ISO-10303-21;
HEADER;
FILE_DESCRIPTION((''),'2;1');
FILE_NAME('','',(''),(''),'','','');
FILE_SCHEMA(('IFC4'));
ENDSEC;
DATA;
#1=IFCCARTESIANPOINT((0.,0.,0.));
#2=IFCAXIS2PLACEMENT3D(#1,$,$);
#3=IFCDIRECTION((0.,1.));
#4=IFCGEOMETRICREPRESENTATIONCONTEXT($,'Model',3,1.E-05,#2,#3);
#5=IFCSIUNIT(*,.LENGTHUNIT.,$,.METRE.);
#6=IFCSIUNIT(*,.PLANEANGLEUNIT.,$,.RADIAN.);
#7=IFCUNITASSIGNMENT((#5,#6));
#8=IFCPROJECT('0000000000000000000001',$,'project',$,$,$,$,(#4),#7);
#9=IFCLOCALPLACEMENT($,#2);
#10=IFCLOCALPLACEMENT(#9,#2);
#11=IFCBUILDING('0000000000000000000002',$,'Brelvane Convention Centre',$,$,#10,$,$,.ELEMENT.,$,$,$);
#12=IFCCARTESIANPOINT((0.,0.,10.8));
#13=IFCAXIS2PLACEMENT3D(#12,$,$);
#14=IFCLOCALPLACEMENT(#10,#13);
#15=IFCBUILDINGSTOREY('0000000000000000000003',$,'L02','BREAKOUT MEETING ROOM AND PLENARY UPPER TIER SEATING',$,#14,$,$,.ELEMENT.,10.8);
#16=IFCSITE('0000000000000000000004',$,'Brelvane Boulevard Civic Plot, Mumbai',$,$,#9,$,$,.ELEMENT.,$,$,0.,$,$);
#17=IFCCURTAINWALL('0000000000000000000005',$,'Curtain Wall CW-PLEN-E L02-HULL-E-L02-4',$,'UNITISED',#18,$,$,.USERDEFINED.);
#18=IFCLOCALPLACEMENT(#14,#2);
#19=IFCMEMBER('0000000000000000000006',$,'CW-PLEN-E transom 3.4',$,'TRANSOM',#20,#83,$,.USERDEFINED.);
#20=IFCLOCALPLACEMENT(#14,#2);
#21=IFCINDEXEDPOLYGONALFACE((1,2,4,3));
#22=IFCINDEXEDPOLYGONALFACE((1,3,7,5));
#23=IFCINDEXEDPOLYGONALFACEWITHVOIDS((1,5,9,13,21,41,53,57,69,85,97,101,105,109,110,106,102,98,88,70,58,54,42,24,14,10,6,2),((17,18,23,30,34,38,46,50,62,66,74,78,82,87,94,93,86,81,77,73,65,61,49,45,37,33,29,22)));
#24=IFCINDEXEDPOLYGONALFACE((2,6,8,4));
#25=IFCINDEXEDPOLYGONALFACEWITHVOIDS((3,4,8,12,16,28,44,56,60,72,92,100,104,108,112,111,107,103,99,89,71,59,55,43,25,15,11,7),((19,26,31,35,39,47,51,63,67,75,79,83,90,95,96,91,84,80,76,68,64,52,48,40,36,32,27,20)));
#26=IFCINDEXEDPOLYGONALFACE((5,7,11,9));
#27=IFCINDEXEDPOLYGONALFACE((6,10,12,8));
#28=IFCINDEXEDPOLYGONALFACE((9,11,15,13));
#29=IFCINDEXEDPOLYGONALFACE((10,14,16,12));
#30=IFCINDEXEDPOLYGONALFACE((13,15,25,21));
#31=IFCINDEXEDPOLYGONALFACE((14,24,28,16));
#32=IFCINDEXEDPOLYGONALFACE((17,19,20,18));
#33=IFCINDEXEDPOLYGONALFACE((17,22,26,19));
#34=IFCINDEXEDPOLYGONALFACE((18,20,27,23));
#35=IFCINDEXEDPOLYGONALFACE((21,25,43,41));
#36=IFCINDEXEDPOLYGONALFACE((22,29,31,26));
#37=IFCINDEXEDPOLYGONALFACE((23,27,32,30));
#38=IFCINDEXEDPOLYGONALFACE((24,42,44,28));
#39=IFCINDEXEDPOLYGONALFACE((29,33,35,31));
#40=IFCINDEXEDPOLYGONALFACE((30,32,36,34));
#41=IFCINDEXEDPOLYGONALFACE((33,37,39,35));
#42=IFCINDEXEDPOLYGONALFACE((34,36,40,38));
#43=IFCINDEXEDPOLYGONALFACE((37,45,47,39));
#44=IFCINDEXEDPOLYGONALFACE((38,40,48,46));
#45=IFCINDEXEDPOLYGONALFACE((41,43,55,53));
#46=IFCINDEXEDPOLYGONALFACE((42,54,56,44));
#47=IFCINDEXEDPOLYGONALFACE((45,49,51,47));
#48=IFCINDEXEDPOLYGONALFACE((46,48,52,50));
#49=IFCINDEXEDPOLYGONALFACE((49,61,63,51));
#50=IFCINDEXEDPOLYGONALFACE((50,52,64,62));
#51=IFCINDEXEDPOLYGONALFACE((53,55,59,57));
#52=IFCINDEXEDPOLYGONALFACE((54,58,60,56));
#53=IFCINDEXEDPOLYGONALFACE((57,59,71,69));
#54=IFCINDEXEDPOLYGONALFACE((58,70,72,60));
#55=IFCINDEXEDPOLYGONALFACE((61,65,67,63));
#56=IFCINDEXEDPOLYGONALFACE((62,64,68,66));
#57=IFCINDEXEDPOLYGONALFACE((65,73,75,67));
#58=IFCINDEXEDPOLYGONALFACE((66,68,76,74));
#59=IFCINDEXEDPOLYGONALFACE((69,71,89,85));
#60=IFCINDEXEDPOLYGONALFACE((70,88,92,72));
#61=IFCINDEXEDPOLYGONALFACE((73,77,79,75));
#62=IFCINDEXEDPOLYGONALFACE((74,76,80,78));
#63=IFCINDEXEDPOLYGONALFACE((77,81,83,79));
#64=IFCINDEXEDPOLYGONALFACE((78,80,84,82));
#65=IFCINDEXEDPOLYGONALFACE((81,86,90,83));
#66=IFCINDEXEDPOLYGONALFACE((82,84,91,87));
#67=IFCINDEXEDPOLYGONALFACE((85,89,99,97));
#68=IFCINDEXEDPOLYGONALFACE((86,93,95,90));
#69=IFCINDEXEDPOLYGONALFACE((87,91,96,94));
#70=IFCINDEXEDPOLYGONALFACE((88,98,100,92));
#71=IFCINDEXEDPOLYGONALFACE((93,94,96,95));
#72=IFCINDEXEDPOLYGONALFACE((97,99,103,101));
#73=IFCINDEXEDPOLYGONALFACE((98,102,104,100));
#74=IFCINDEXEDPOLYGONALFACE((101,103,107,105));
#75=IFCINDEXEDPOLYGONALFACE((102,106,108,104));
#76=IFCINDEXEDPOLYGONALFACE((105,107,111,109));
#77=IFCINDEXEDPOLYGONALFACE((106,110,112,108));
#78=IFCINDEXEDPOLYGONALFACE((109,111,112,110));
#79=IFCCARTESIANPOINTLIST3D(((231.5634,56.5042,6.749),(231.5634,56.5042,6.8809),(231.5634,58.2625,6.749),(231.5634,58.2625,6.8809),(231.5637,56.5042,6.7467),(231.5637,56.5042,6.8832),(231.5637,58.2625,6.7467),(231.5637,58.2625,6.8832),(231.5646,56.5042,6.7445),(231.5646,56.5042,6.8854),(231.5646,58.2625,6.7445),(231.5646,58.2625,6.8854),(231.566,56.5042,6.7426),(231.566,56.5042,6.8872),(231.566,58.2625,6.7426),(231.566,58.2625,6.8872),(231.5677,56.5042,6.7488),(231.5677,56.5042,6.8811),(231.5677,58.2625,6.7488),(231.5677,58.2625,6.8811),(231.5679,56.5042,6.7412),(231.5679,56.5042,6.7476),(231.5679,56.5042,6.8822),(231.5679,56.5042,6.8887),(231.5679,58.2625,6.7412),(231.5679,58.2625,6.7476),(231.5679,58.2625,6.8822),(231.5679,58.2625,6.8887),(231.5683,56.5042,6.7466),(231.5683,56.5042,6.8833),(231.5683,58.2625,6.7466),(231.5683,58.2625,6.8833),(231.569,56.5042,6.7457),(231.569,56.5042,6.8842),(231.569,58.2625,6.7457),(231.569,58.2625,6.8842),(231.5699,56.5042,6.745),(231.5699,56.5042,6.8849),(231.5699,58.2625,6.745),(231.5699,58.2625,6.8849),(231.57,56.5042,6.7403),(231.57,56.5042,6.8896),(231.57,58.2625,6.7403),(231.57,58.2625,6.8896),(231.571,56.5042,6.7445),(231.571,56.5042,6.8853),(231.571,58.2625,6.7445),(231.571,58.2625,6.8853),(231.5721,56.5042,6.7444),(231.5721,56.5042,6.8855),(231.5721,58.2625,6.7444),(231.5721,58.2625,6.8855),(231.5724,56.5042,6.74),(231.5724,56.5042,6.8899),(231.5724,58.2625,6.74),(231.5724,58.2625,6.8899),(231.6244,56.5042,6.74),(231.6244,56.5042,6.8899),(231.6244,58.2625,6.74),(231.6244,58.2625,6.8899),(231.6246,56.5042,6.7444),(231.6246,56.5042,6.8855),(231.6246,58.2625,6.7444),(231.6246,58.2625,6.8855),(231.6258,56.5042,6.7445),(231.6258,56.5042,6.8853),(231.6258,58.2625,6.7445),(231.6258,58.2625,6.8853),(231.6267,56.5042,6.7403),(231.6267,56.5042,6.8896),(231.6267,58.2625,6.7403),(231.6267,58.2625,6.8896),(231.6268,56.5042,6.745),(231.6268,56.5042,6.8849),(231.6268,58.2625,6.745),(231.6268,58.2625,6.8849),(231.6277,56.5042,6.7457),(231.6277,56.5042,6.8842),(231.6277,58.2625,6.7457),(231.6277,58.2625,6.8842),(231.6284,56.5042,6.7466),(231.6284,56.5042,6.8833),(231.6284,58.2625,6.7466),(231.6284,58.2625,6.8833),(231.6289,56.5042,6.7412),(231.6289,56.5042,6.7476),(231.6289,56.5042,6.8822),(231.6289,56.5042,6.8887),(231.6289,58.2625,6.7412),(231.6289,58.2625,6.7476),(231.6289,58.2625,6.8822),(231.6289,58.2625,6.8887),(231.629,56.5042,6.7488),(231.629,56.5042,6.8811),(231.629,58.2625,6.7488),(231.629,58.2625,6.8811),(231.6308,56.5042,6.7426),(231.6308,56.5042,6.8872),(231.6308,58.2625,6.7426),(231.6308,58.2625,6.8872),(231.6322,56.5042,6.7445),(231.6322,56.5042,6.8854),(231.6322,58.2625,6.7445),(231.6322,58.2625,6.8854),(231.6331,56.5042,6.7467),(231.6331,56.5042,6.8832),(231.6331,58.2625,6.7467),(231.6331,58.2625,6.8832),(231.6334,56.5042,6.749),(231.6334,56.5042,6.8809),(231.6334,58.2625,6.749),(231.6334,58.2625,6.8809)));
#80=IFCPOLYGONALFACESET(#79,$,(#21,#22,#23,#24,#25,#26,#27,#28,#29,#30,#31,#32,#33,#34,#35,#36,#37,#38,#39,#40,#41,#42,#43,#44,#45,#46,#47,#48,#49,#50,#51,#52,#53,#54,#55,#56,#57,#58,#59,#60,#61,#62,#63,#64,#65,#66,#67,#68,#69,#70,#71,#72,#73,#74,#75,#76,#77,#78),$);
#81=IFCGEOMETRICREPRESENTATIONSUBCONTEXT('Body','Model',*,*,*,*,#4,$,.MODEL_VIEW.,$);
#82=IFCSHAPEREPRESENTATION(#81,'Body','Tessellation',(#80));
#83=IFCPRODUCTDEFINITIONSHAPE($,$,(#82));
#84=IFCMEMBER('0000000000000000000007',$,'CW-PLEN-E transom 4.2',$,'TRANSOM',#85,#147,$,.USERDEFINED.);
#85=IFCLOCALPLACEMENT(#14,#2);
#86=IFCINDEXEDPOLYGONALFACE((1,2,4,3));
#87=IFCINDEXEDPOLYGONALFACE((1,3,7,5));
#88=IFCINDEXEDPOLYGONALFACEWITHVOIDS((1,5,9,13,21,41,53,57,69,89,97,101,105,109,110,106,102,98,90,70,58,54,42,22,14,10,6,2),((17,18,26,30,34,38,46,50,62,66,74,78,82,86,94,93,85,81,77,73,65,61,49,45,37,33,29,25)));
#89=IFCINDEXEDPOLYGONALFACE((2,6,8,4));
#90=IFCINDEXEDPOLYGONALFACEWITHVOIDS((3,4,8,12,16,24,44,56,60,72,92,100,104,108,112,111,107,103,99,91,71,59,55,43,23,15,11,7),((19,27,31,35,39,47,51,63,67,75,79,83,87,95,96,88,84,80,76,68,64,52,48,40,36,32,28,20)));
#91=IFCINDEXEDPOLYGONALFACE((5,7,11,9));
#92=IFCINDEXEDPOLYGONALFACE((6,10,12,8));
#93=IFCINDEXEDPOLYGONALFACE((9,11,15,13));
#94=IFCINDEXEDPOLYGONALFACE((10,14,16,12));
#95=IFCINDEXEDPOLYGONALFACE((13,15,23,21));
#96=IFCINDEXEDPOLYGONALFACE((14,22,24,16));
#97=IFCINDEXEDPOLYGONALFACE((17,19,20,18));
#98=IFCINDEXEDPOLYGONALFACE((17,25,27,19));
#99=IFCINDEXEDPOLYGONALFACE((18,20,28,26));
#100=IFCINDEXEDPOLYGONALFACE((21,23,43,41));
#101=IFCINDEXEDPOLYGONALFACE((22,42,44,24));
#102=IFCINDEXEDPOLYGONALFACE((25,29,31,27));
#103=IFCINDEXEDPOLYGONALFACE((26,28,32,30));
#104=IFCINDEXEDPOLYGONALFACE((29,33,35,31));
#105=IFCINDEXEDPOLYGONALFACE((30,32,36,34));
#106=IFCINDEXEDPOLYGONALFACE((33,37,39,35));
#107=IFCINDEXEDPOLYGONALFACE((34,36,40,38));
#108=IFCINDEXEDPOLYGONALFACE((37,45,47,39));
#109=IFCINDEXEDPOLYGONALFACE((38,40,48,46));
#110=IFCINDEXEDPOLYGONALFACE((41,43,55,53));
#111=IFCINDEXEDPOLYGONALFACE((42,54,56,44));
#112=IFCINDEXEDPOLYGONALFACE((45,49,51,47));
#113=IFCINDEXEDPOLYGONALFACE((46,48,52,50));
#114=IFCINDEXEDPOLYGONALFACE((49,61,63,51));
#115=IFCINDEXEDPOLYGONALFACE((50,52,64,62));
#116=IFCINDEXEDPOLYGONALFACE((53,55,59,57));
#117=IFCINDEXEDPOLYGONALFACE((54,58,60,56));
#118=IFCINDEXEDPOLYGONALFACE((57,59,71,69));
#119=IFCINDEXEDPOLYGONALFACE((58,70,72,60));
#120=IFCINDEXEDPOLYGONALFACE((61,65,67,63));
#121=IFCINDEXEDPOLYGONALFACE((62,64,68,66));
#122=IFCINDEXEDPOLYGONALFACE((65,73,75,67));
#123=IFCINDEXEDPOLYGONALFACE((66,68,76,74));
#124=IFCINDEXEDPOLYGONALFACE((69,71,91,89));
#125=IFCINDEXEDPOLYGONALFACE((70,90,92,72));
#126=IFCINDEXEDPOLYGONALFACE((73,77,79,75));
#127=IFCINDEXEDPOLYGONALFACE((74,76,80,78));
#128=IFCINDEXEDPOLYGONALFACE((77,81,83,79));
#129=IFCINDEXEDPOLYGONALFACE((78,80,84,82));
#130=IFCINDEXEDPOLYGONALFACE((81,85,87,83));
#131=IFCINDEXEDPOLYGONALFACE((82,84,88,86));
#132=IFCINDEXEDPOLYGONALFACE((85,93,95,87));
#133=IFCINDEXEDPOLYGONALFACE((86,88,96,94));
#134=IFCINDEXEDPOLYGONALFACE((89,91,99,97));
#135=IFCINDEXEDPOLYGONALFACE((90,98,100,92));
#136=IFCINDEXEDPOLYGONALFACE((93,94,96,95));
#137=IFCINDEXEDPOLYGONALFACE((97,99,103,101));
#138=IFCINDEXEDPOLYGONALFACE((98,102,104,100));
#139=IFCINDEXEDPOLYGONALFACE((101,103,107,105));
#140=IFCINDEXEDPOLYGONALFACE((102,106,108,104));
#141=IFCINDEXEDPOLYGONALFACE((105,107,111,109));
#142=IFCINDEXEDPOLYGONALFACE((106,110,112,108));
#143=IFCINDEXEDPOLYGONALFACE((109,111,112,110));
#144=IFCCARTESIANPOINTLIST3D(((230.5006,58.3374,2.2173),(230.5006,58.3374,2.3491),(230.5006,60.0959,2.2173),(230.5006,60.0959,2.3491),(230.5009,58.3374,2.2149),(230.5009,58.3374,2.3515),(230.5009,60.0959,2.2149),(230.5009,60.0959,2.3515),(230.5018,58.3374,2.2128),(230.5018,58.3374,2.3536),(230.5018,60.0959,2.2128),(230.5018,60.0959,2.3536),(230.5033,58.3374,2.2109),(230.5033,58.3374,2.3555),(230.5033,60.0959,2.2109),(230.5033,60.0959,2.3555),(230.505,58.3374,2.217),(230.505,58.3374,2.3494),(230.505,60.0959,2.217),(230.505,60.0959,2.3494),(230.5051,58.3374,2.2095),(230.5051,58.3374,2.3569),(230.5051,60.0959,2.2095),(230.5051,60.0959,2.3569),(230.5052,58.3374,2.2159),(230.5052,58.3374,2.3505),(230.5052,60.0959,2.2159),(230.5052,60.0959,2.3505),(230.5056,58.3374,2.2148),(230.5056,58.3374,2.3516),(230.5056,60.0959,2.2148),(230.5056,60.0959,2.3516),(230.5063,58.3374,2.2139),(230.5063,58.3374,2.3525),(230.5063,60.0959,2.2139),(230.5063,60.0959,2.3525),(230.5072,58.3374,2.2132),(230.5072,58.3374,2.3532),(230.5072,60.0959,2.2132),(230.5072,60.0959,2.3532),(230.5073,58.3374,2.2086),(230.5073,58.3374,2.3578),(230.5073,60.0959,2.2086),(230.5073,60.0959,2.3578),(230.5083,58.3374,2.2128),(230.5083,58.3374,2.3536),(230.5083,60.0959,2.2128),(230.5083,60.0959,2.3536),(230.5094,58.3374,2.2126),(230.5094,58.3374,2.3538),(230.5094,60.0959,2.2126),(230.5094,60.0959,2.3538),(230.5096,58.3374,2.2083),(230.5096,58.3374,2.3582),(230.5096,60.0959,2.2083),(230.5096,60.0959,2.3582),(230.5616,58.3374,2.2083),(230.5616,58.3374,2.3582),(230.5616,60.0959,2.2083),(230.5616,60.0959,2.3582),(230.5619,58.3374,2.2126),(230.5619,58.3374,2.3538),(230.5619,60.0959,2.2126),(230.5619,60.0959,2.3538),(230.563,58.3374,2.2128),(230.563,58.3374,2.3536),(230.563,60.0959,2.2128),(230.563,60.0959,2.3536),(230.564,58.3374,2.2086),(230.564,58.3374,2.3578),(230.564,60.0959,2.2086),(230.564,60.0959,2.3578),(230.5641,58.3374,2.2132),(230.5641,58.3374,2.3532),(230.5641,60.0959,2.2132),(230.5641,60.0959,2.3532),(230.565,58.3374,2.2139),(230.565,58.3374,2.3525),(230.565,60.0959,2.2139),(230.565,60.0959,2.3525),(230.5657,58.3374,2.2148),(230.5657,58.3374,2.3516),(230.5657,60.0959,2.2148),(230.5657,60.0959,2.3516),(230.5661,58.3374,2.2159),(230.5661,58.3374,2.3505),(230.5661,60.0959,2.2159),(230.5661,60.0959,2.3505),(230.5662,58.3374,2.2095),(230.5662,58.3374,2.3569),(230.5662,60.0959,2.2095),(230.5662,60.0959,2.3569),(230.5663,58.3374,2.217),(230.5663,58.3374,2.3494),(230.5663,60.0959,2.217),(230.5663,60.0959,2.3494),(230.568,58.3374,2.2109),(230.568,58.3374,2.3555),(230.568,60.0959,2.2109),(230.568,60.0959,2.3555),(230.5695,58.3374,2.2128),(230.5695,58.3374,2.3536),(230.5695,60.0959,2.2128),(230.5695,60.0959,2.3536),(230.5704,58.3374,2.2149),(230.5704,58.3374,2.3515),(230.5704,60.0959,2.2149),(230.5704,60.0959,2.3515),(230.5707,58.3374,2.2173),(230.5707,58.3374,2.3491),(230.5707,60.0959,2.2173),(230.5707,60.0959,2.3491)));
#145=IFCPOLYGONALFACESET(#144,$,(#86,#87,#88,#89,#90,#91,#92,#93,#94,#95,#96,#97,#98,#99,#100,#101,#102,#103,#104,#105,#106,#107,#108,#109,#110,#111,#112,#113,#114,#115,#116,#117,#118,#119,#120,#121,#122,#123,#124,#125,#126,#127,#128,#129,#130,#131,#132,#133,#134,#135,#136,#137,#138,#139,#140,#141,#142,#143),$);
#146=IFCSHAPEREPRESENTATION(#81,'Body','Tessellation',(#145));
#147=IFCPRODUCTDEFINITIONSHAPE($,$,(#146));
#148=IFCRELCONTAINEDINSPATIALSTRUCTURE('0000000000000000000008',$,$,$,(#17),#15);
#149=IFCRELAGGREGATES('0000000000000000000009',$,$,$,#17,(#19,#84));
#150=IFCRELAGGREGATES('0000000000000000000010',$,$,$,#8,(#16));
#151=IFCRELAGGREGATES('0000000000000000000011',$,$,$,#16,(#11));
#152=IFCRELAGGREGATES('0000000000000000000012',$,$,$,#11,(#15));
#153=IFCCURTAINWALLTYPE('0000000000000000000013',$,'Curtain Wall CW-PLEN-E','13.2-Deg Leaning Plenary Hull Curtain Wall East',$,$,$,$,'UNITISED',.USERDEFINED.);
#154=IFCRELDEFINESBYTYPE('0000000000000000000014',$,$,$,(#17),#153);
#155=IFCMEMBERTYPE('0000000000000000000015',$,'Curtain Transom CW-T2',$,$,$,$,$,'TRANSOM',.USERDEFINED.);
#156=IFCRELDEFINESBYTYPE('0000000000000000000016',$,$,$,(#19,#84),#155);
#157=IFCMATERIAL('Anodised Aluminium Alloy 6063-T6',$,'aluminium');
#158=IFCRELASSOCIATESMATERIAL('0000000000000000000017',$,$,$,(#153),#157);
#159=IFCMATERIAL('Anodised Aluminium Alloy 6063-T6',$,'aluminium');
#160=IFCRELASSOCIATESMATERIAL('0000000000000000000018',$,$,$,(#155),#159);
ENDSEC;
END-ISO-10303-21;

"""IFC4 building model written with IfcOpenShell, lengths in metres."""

from ifc_helpers import new_model, si_unit, direction, frame, origin, origin_2d, place, context, subcontext, project, spatial, hollow_rectangle, extrude, material, material_profile, profile_set, type_object, element, aggregate, save


model = new_model("IFC4")

# Units and contexts
model_context = context("Model", 3, precision=1e-05, world=origin(), true_north=direction((0.0, 1.0)))
body_context = subcontext(model_context, "Body", "Model", "MODEL_VIEW")
ifc_project = project(units=[si_unit("LENGTHUNIT", "METRE"), si_unit("PLANEANGLEUNIT", "RADIAN")], contexts=[model_context])

# Site, building, storey
site_placement = place(None, origin())
site = spatial("IfcSite", under=ifc_project, at=site_placement, Name="Brelvane Boulevard Civic Plot, Mumbai", CompositionType="ELEMENT", RefElevation=0.0)
building_placement = place(site_placement, origin())
building = spatial("IfcBuilding", under=site, at=building_placement, Name="Brelvane Convention Centre", CompositionType="ELEMENT")
storey_placement = place(building_placement, frame((0.0, 0.0, 10.8)))
storey = spatial("IfcBuildingStorey", under=building, at=storey_placement, Name="L02", Description="BREAKOUT MEETING ROOM AND PLENARY UPPER TIER SEATING", CompositionType="ELEMENT", Elevation=10.8)

# Curtain wall, members
ifc_material_1 = material(Name="Anodised Aluminium Alloy 6063-T6", Category="aluminium")
curtain_wall_type = type_object("IfcCurtainWallType", Name="Curtain Wall CW-PLEN-E", Description="13.2-Deg Leaning Plenary Hull Curtain Wall East", ElementType="UNITISED", PredefinedType="USERDEFINED", material=ifc_material_1)
curtain_wall_1_placement = place(storey_placement, origin())
curtain_wall_1 = element("IfcCurtainWall", 1, at=curtain_wall_1_placement, inside=storey, type_object=curtain_wall_type, Name="Curtain Wall CW-PLEN-E L02-HULL-E-L02-4", ObjectType="UNITISED", PredefinedType="USERDEFINED")
ifc_material_2 = material(Name="Anodised Aluminium Alloy 6063-T6", Category="aluminium")
ifc_material_profile = material_profile(ifc_material_2, hollow_rectangle(XDim=0.0701, YDim=0.1499, WallThickness=0.0044, InnerFilletRadius=0.0044, OuterFilletRadius=0.009, at=origin_2d()), Name="ALU-T 150x70x4.5")
ifc_profile_set = profile_set([ifc_material_profile], Name="Anodised Aluminium Alloy 6063-T6")
member_type = type_object("IfcMemberType", Name="Curtain Transom CW-T2", ElementType="TRANSOM", PredefinedType="USERDEFINED", material=ifc_profile_set)
member_1_placement = place(storey_placement, frame((231.5984, 56.5042, 6.8149), z_axis=(0.0, 1.0, 0.0), x_axis=(-1.0, 0.0, 0.0)))
member_1 = element("IfcMember", 2, at=member_1_placement, type_object=member_type, Name="CW-PLEN-E transom 3.4", ObjectType="TRANSOM", PredefinedType="USERDEFINED", context=body_context, shape_type="SweptSolid", body=[
    extrude(hollow_rectangle(XDim=0.0701, YDim=0.1499, WallThickness=0.0044, InnerFilletRadius=0.0044, OuterFilletRadius=0.009, at=origin_2d()), origin(), (0.0, 0.0, 1.0), 1.7583),
])
member_2_placement = place(storey_placement, frame((230.5356, 58.3374, 2.2832), z_axis=(0.0, 1.0, 0.0), x_axis=(-1.0, 0.0, 0.0)))
member_2 = element("IfcMember", 3, at=member_2_placement, type_object=member_type, Name="CW-PLEN-E transom 4.2", ObjectType="TRANSOM", PredefinedType="USERDEFINED", context=body_context, shape_type="SweptSolid", body=[
    extrude(hollow_rectangle(XDim=0.0701, YDim=0.1499, WallThickness=0.0044, InnerFilletRadius=0.0044, OuterFilletRadius=0.009, at=origin_2d()), origin(), (0.0, 0.0, 1.0), 1.7585),
])

aggregate(curtain_wall_1, [member_1, member_2])

save(model, "model.ifc")
